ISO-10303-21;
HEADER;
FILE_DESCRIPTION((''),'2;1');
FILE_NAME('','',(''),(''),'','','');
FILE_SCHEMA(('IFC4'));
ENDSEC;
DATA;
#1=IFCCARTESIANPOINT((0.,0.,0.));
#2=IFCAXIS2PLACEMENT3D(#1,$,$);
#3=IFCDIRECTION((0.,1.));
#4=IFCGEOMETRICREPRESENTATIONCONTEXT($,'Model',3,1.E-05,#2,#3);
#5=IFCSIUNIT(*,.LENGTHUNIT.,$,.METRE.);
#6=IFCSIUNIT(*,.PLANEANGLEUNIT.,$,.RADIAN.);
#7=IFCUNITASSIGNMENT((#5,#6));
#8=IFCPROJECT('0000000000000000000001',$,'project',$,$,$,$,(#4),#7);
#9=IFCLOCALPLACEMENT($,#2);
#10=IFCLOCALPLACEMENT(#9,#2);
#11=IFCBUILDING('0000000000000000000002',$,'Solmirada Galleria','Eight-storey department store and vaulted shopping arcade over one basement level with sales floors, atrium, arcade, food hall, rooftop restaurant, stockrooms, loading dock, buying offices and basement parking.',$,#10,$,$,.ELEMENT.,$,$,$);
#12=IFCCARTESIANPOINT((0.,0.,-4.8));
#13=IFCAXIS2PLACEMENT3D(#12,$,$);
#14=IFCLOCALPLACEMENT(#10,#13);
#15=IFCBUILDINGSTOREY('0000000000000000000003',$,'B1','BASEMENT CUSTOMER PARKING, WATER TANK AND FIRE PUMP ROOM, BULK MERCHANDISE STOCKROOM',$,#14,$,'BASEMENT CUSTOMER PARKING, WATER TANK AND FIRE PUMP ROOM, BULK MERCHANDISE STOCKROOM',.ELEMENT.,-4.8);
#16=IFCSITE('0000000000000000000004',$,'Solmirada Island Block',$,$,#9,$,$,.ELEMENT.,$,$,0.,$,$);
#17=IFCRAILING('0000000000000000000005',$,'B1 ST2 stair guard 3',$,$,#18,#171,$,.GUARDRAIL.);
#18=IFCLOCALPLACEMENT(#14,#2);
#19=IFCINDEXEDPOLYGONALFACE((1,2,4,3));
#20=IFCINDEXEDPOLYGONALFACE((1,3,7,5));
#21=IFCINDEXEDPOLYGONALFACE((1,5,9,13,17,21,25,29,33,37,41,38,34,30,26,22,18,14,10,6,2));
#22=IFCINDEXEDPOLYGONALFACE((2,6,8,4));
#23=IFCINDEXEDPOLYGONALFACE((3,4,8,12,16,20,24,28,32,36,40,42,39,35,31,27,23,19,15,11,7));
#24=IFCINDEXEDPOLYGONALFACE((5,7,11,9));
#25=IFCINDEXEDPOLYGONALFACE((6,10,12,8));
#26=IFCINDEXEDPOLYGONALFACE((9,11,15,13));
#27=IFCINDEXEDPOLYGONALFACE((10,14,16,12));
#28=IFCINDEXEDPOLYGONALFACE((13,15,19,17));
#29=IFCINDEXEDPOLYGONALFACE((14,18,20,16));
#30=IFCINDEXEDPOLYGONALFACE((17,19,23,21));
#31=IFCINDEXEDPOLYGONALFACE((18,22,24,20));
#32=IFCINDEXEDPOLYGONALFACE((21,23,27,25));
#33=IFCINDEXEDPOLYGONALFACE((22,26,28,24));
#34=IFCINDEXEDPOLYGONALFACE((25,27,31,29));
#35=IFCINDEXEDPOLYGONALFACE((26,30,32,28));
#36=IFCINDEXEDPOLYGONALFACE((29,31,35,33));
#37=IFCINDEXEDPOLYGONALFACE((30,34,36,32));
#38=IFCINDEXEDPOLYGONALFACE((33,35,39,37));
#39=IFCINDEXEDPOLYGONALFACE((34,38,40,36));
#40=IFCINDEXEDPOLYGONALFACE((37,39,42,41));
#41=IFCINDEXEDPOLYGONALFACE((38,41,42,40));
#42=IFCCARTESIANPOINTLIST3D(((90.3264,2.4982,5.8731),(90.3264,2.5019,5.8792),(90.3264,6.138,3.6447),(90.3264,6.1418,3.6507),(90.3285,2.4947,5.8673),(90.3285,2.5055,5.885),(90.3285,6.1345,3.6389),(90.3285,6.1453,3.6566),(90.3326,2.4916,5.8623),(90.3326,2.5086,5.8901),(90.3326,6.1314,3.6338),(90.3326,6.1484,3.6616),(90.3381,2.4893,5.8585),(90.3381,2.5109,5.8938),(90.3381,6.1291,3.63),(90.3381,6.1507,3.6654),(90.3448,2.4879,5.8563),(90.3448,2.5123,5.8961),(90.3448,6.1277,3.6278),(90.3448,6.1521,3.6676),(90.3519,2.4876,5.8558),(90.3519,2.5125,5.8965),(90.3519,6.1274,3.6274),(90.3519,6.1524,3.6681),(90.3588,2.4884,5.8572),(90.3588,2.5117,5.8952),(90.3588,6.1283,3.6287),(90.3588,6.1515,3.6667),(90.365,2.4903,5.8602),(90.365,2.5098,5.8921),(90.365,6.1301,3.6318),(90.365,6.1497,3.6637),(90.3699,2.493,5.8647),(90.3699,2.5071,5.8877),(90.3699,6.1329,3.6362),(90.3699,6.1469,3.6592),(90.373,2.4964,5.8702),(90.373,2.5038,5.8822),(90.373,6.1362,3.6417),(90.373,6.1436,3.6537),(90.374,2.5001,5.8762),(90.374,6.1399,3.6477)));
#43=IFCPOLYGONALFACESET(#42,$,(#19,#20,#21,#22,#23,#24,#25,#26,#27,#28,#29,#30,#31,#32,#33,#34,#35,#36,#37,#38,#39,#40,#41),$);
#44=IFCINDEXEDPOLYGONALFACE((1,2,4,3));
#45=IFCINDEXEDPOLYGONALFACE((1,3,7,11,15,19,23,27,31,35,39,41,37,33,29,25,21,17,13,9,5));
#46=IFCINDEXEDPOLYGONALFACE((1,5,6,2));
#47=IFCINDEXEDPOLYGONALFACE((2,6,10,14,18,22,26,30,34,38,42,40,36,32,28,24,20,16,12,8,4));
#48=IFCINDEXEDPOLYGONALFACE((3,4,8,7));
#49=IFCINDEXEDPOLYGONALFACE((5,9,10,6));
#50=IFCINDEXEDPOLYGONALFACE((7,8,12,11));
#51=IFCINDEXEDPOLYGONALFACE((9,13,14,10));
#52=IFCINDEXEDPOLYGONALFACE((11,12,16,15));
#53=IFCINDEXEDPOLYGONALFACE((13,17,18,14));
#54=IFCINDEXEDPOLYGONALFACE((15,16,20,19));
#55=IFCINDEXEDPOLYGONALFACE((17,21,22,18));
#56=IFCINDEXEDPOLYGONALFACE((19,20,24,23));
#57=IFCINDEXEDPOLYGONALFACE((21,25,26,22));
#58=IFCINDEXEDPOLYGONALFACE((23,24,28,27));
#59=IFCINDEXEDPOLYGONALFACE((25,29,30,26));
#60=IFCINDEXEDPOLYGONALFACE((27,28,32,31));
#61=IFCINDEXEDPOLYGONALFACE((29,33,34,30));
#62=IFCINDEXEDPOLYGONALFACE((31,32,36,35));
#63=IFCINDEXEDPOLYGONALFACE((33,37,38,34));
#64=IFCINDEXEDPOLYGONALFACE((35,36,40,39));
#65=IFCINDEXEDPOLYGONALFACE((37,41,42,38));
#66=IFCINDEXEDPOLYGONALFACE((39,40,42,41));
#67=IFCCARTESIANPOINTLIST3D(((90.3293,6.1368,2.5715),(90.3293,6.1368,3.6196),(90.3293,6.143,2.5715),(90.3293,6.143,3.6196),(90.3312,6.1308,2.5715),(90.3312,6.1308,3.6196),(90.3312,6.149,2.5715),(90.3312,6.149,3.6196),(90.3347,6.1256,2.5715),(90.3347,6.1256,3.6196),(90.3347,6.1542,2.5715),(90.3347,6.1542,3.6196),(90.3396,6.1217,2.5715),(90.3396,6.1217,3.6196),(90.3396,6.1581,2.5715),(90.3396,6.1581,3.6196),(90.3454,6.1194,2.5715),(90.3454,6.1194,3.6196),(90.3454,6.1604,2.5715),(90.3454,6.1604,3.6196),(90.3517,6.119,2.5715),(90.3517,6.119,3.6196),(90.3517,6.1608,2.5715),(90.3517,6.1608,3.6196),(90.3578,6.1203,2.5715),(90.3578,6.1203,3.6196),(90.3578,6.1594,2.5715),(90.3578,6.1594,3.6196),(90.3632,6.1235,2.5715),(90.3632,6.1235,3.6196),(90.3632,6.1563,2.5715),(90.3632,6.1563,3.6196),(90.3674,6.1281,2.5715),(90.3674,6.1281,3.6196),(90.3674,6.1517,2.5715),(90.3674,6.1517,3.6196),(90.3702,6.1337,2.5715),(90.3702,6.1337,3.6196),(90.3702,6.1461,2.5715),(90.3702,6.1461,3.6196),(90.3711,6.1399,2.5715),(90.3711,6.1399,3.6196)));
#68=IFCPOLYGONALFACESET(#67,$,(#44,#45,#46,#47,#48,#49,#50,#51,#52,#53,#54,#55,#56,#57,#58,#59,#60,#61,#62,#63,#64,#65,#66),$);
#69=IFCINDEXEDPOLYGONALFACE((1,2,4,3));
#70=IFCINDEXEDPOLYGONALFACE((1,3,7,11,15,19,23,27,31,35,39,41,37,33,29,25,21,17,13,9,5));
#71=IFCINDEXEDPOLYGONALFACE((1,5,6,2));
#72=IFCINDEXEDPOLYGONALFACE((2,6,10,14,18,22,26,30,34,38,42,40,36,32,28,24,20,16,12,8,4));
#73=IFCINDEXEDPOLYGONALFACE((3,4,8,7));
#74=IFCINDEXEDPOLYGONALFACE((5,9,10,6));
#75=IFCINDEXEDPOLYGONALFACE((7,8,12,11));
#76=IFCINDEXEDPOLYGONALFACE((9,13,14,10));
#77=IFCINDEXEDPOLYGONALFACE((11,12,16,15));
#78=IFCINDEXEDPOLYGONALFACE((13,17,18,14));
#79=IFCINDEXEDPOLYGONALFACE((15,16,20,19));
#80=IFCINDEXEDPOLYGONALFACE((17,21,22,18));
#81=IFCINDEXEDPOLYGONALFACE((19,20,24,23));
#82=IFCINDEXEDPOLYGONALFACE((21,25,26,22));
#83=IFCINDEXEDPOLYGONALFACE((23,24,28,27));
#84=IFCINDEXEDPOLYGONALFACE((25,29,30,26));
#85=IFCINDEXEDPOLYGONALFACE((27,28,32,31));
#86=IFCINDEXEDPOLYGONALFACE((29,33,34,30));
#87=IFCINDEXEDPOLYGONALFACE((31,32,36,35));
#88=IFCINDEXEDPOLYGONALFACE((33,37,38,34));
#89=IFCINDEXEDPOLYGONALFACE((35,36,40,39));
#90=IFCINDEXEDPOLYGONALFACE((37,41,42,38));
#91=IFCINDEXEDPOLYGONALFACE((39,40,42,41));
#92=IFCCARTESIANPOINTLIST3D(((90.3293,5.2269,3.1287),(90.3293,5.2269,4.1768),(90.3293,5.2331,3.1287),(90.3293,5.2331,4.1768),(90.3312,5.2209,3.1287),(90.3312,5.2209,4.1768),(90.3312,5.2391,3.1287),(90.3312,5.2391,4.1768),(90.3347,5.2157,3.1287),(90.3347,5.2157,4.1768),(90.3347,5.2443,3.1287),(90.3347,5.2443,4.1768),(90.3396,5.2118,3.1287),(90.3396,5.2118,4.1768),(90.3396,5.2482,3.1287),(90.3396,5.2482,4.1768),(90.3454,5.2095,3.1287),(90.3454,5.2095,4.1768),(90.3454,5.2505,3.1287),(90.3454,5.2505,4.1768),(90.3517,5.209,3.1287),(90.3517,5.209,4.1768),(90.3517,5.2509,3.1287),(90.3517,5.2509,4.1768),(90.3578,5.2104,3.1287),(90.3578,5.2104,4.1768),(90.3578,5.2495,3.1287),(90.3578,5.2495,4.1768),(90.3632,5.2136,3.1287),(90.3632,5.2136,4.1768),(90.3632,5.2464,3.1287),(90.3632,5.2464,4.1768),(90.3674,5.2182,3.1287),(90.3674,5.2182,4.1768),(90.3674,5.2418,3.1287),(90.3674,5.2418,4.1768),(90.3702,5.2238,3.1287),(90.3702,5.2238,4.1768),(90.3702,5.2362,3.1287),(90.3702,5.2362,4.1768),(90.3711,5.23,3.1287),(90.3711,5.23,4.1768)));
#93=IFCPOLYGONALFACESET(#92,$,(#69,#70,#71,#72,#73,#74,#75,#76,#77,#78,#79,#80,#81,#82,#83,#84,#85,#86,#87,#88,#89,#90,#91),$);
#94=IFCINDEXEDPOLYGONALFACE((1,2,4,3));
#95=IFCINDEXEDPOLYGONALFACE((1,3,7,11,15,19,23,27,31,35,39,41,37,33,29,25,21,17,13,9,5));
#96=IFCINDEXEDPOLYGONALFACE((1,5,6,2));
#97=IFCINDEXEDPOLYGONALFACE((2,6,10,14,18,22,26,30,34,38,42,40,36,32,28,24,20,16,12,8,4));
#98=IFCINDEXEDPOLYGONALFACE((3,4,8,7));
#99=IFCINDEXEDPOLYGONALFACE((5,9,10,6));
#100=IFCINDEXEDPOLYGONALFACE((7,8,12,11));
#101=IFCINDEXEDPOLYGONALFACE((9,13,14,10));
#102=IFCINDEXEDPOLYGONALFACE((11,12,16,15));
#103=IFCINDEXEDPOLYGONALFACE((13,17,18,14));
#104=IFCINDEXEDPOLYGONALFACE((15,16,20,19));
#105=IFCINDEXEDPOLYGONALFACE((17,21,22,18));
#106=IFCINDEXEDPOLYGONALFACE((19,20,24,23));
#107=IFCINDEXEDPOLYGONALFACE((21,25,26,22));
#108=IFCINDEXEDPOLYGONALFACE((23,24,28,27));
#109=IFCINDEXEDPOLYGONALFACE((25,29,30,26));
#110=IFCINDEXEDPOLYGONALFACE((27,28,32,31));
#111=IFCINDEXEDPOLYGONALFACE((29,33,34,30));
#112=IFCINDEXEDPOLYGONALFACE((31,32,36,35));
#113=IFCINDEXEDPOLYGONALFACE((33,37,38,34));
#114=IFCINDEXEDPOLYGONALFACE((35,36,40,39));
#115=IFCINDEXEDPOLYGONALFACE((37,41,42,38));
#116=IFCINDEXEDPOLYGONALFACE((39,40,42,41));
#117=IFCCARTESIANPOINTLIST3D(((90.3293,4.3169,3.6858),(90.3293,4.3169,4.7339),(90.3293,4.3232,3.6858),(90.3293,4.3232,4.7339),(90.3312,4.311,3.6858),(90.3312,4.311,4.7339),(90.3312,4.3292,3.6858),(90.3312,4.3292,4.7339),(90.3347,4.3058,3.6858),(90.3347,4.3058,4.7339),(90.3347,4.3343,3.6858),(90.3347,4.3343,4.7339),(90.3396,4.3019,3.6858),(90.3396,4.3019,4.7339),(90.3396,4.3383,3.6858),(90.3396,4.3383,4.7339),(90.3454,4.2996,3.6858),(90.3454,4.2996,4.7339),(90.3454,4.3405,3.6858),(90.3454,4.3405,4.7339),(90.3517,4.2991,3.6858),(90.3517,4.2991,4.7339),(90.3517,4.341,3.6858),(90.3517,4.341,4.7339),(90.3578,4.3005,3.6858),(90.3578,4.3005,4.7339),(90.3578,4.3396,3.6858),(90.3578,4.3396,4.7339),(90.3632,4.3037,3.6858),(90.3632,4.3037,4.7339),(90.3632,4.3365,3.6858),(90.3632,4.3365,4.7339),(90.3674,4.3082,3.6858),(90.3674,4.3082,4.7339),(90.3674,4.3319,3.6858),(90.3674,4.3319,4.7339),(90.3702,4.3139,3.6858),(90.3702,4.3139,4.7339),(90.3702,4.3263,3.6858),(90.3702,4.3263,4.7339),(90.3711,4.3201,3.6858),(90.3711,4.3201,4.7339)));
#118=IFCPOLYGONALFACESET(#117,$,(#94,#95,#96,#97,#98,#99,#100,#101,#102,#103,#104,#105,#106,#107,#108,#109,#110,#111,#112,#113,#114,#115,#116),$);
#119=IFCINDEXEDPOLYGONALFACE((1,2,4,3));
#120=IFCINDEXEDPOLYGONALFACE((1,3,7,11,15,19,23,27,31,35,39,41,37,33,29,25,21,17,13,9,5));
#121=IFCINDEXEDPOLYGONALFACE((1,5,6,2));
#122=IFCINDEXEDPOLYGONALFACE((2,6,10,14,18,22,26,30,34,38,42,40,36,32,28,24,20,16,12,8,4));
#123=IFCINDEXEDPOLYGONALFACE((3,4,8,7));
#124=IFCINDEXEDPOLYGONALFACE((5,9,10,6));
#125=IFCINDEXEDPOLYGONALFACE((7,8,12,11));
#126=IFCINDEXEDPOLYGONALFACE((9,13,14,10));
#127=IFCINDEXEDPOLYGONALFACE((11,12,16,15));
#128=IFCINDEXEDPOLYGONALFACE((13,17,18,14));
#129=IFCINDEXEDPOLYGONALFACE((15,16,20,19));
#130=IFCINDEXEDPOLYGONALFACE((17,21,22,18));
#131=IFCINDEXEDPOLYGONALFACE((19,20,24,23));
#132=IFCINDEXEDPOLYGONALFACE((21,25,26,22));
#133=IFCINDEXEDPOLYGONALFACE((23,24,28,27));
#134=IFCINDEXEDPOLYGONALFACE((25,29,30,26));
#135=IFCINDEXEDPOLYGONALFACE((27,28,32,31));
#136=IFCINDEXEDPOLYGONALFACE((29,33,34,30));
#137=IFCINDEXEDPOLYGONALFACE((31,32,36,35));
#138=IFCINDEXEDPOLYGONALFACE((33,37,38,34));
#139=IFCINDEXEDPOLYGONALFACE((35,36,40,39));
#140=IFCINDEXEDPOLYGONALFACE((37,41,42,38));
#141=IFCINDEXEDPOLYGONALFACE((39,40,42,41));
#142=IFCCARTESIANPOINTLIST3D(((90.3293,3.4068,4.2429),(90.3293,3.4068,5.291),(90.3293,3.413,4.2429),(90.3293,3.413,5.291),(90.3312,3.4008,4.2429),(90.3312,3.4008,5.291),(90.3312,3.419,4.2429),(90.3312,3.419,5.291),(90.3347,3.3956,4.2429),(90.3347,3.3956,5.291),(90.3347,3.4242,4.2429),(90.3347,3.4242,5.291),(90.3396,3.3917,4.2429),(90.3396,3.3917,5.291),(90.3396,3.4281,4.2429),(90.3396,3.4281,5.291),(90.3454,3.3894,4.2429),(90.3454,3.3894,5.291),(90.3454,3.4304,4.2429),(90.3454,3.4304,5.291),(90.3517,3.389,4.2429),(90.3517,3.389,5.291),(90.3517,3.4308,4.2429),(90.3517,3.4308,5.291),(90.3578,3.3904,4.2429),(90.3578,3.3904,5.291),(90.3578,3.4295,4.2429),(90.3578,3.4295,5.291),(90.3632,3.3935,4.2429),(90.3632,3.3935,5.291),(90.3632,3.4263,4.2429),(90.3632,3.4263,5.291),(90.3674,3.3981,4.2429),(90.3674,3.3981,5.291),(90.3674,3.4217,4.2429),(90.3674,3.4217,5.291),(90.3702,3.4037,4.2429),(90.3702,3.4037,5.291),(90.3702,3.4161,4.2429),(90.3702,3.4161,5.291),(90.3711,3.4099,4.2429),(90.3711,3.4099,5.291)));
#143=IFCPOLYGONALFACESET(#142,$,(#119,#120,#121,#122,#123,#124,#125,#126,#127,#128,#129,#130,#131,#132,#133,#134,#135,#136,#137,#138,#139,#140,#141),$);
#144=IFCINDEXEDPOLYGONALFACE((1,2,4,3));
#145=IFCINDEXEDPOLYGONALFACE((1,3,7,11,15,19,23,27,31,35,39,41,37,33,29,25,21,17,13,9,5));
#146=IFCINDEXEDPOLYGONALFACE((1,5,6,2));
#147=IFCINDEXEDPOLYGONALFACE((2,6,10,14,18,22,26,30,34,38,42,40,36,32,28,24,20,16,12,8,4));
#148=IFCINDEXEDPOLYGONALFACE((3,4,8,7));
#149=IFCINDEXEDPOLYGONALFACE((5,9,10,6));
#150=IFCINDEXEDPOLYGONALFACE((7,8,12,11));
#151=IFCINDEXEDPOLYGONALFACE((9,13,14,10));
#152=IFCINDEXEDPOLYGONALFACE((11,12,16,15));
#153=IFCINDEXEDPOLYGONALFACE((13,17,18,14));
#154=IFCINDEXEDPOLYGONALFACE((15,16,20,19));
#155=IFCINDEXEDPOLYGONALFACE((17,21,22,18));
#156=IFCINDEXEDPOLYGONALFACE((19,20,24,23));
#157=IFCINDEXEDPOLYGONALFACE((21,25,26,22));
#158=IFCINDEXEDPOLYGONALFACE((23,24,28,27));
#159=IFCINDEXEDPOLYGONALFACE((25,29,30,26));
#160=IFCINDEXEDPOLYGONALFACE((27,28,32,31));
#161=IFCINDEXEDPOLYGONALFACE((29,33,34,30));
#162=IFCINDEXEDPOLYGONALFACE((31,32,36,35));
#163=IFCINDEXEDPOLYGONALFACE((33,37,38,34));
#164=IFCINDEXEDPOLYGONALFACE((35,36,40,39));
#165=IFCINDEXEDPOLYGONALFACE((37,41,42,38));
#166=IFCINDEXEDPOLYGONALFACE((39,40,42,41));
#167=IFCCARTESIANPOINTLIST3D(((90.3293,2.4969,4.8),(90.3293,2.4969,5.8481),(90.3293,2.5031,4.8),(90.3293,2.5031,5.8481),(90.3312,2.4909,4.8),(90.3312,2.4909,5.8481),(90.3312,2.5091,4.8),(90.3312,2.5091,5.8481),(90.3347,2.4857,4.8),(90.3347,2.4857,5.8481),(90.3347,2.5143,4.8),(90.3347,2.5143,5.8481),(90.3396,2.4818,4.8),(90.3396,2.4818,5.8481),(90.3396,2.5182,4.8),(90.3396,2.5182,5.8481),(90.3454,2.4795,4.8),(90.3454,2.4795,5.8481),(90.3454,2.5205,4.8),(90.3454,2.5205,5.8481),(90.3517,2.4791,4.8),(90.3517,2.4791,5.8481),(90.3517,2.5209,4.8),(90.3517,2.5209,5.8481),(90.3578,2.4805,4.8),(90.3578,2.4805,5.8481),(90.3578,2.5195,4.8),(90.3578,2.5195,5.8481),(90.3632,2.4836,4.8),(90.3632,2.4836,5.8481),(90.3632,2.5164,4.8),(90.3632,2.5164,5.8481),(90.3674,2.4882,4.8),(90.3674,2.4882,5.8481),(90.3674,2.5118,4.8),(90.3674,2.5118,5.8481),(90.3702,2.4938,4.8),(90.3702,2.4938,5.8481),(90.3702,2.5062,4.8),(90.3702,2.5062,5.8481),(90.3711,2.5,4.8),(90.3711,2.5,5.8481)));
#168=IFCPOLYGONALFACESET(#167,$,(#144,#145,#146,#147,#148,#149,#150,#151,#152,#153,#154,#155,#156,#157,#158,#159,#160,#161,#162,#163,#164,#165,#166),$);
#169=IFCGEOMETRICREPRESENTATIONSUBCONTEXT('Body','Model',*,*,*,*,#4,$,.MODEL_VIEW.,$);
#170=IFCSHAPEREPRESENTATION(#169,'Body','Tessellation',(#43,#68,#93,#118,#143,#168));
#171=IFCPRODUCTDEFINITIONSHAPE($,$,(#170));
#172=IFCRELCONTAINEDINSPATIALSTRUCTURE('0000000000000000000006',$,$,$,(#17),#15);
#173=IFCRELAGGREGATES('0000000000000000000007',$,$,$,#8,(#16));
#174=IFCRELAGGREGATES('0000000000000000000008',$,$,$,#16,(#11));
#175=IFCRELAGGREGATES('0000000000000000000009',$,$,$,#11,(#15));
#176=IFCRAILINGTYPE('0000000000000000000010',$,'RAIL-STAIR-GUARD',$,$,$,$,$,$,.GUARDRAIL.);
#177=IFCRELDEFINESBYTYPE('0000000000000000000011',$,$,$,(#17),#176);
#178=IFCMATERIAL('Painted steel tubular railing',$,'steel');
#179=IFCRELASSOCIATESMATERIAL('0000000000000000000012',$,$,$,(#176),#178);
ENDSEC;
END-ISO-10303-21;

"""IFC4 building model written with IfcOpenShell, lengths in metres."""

from ifc_helpers import new_model, si_unit, direction, frame, origin, origin_2d, place, context, subcontext, project, spatial, circle, extrude, material, type_object, element, save


model = new_model("IFC4")

# Units and contexts
model_context = context("Model", 3, precision=1e-05, world=origin(), true_north=direction((0.0, 1.0)))
body_context = subcontext(model_context, "Body", "Model", "MODEL_VIEW")
ifc_project = project(units=[si_unit("LENGTHUNIT", "METRE"), si_unit("PLANEANGLEUNIT", "RADIAN")], contexts=[model_context])

# Site, building, storey
site_placement = place(None, origin())
site = spatial("IfcSite", under=ifc_project, at=site_placement, Name="Solmirada Island Block", CompositionType="ELEMENT", RefElevation=0.0)
building_placement = place(site_placement, origin())
building = spatial("IfcBuilding", under=site, at=building_placement, Name="Solmirada Galleria", Description="Eight-storey department store and vaulted shopping arcade over one basement level with sales floors, atrium, arcade, food hall, rooftop restaurant, stockrooms, loading dock, buying offices and basement parking.", CompositionType="ELEMENT")
storey_placement = place(building_placement, frame((0.0, 0.0, -4.8)))
storey = spatial("IfcBuildingStorey", under=building, at=storey_placement, Name="B1", Description="BASEMENT CUSTOMER PARKING, WATER TANK AND FIRE PUMP ROOM, BULK MERCHANDISE STOCKROOM", LongName="BASEMENT CUSTOMER PARKING, WATER TANK AND FIRE PUMP ROOM, BULK MERCHANDISE STOCKROOM", CompositionType="ELEMENT", Elevation=-4.8)

# Railing
ifc_material_1 = material(Name="Painted steel tubular railing", Category="steel")
railing_type_1 = type_object("IfcRailingType", Name="RAIL-STAIR-GUARD", PredefinedType="GUARDRAIL", material=ifc_material_1)
railing_1_placement = place(storey_placement, frame((90.3501, 6.1399, 2.5715)))
element("IfcRailing", 1, at=railing_1_placement, inside=storey, type_object=railing_type_1, Name="B1 ST2 stair guard 3", PredefinedType="GUARDRAIL", context=body_context, shape_type="SweptSolid", body=[
    extrude(circle(Radius=0.0239, at=origin_2d()), frame((0.0, 0.0, 1.0762), z_axis=(0.0, -0.85285, 0.522156), x_axis=(1.0, 0.0, 0.0)), (0.0, 0.0, 1.0), 4.2678),
    extrude(circle(Radius=0.021, at=origin_2d()), origin(), (0.0, 0.0, 1.0), 1.0481),
    extrude(circle(Radius=0.021, at=origin_2d()), frame((0.0, -0.9099, 0.5571)), (0.0, 0.0, 1.0), 1.0481),
    extrude(circle(Radius=0.021, at=origin_2d()), frame((0.0, -1.8198, 1.1143)), (0.0, 0.0, 1.0), 1.0481),
    extrude(circle(Radius=0.021, at=origin_2d()), frame((0.0, -2.73, 1.6714)), (0.0, 0.0, 1.0), 1.0481),
    extrude(circle(Radius=0.021, at=origin_2d()), frame((0.0, -3.6399, 2.2285)), (0.0, 0.0, 1.0), 1.0481),
])

save(model, "model.ifc")
